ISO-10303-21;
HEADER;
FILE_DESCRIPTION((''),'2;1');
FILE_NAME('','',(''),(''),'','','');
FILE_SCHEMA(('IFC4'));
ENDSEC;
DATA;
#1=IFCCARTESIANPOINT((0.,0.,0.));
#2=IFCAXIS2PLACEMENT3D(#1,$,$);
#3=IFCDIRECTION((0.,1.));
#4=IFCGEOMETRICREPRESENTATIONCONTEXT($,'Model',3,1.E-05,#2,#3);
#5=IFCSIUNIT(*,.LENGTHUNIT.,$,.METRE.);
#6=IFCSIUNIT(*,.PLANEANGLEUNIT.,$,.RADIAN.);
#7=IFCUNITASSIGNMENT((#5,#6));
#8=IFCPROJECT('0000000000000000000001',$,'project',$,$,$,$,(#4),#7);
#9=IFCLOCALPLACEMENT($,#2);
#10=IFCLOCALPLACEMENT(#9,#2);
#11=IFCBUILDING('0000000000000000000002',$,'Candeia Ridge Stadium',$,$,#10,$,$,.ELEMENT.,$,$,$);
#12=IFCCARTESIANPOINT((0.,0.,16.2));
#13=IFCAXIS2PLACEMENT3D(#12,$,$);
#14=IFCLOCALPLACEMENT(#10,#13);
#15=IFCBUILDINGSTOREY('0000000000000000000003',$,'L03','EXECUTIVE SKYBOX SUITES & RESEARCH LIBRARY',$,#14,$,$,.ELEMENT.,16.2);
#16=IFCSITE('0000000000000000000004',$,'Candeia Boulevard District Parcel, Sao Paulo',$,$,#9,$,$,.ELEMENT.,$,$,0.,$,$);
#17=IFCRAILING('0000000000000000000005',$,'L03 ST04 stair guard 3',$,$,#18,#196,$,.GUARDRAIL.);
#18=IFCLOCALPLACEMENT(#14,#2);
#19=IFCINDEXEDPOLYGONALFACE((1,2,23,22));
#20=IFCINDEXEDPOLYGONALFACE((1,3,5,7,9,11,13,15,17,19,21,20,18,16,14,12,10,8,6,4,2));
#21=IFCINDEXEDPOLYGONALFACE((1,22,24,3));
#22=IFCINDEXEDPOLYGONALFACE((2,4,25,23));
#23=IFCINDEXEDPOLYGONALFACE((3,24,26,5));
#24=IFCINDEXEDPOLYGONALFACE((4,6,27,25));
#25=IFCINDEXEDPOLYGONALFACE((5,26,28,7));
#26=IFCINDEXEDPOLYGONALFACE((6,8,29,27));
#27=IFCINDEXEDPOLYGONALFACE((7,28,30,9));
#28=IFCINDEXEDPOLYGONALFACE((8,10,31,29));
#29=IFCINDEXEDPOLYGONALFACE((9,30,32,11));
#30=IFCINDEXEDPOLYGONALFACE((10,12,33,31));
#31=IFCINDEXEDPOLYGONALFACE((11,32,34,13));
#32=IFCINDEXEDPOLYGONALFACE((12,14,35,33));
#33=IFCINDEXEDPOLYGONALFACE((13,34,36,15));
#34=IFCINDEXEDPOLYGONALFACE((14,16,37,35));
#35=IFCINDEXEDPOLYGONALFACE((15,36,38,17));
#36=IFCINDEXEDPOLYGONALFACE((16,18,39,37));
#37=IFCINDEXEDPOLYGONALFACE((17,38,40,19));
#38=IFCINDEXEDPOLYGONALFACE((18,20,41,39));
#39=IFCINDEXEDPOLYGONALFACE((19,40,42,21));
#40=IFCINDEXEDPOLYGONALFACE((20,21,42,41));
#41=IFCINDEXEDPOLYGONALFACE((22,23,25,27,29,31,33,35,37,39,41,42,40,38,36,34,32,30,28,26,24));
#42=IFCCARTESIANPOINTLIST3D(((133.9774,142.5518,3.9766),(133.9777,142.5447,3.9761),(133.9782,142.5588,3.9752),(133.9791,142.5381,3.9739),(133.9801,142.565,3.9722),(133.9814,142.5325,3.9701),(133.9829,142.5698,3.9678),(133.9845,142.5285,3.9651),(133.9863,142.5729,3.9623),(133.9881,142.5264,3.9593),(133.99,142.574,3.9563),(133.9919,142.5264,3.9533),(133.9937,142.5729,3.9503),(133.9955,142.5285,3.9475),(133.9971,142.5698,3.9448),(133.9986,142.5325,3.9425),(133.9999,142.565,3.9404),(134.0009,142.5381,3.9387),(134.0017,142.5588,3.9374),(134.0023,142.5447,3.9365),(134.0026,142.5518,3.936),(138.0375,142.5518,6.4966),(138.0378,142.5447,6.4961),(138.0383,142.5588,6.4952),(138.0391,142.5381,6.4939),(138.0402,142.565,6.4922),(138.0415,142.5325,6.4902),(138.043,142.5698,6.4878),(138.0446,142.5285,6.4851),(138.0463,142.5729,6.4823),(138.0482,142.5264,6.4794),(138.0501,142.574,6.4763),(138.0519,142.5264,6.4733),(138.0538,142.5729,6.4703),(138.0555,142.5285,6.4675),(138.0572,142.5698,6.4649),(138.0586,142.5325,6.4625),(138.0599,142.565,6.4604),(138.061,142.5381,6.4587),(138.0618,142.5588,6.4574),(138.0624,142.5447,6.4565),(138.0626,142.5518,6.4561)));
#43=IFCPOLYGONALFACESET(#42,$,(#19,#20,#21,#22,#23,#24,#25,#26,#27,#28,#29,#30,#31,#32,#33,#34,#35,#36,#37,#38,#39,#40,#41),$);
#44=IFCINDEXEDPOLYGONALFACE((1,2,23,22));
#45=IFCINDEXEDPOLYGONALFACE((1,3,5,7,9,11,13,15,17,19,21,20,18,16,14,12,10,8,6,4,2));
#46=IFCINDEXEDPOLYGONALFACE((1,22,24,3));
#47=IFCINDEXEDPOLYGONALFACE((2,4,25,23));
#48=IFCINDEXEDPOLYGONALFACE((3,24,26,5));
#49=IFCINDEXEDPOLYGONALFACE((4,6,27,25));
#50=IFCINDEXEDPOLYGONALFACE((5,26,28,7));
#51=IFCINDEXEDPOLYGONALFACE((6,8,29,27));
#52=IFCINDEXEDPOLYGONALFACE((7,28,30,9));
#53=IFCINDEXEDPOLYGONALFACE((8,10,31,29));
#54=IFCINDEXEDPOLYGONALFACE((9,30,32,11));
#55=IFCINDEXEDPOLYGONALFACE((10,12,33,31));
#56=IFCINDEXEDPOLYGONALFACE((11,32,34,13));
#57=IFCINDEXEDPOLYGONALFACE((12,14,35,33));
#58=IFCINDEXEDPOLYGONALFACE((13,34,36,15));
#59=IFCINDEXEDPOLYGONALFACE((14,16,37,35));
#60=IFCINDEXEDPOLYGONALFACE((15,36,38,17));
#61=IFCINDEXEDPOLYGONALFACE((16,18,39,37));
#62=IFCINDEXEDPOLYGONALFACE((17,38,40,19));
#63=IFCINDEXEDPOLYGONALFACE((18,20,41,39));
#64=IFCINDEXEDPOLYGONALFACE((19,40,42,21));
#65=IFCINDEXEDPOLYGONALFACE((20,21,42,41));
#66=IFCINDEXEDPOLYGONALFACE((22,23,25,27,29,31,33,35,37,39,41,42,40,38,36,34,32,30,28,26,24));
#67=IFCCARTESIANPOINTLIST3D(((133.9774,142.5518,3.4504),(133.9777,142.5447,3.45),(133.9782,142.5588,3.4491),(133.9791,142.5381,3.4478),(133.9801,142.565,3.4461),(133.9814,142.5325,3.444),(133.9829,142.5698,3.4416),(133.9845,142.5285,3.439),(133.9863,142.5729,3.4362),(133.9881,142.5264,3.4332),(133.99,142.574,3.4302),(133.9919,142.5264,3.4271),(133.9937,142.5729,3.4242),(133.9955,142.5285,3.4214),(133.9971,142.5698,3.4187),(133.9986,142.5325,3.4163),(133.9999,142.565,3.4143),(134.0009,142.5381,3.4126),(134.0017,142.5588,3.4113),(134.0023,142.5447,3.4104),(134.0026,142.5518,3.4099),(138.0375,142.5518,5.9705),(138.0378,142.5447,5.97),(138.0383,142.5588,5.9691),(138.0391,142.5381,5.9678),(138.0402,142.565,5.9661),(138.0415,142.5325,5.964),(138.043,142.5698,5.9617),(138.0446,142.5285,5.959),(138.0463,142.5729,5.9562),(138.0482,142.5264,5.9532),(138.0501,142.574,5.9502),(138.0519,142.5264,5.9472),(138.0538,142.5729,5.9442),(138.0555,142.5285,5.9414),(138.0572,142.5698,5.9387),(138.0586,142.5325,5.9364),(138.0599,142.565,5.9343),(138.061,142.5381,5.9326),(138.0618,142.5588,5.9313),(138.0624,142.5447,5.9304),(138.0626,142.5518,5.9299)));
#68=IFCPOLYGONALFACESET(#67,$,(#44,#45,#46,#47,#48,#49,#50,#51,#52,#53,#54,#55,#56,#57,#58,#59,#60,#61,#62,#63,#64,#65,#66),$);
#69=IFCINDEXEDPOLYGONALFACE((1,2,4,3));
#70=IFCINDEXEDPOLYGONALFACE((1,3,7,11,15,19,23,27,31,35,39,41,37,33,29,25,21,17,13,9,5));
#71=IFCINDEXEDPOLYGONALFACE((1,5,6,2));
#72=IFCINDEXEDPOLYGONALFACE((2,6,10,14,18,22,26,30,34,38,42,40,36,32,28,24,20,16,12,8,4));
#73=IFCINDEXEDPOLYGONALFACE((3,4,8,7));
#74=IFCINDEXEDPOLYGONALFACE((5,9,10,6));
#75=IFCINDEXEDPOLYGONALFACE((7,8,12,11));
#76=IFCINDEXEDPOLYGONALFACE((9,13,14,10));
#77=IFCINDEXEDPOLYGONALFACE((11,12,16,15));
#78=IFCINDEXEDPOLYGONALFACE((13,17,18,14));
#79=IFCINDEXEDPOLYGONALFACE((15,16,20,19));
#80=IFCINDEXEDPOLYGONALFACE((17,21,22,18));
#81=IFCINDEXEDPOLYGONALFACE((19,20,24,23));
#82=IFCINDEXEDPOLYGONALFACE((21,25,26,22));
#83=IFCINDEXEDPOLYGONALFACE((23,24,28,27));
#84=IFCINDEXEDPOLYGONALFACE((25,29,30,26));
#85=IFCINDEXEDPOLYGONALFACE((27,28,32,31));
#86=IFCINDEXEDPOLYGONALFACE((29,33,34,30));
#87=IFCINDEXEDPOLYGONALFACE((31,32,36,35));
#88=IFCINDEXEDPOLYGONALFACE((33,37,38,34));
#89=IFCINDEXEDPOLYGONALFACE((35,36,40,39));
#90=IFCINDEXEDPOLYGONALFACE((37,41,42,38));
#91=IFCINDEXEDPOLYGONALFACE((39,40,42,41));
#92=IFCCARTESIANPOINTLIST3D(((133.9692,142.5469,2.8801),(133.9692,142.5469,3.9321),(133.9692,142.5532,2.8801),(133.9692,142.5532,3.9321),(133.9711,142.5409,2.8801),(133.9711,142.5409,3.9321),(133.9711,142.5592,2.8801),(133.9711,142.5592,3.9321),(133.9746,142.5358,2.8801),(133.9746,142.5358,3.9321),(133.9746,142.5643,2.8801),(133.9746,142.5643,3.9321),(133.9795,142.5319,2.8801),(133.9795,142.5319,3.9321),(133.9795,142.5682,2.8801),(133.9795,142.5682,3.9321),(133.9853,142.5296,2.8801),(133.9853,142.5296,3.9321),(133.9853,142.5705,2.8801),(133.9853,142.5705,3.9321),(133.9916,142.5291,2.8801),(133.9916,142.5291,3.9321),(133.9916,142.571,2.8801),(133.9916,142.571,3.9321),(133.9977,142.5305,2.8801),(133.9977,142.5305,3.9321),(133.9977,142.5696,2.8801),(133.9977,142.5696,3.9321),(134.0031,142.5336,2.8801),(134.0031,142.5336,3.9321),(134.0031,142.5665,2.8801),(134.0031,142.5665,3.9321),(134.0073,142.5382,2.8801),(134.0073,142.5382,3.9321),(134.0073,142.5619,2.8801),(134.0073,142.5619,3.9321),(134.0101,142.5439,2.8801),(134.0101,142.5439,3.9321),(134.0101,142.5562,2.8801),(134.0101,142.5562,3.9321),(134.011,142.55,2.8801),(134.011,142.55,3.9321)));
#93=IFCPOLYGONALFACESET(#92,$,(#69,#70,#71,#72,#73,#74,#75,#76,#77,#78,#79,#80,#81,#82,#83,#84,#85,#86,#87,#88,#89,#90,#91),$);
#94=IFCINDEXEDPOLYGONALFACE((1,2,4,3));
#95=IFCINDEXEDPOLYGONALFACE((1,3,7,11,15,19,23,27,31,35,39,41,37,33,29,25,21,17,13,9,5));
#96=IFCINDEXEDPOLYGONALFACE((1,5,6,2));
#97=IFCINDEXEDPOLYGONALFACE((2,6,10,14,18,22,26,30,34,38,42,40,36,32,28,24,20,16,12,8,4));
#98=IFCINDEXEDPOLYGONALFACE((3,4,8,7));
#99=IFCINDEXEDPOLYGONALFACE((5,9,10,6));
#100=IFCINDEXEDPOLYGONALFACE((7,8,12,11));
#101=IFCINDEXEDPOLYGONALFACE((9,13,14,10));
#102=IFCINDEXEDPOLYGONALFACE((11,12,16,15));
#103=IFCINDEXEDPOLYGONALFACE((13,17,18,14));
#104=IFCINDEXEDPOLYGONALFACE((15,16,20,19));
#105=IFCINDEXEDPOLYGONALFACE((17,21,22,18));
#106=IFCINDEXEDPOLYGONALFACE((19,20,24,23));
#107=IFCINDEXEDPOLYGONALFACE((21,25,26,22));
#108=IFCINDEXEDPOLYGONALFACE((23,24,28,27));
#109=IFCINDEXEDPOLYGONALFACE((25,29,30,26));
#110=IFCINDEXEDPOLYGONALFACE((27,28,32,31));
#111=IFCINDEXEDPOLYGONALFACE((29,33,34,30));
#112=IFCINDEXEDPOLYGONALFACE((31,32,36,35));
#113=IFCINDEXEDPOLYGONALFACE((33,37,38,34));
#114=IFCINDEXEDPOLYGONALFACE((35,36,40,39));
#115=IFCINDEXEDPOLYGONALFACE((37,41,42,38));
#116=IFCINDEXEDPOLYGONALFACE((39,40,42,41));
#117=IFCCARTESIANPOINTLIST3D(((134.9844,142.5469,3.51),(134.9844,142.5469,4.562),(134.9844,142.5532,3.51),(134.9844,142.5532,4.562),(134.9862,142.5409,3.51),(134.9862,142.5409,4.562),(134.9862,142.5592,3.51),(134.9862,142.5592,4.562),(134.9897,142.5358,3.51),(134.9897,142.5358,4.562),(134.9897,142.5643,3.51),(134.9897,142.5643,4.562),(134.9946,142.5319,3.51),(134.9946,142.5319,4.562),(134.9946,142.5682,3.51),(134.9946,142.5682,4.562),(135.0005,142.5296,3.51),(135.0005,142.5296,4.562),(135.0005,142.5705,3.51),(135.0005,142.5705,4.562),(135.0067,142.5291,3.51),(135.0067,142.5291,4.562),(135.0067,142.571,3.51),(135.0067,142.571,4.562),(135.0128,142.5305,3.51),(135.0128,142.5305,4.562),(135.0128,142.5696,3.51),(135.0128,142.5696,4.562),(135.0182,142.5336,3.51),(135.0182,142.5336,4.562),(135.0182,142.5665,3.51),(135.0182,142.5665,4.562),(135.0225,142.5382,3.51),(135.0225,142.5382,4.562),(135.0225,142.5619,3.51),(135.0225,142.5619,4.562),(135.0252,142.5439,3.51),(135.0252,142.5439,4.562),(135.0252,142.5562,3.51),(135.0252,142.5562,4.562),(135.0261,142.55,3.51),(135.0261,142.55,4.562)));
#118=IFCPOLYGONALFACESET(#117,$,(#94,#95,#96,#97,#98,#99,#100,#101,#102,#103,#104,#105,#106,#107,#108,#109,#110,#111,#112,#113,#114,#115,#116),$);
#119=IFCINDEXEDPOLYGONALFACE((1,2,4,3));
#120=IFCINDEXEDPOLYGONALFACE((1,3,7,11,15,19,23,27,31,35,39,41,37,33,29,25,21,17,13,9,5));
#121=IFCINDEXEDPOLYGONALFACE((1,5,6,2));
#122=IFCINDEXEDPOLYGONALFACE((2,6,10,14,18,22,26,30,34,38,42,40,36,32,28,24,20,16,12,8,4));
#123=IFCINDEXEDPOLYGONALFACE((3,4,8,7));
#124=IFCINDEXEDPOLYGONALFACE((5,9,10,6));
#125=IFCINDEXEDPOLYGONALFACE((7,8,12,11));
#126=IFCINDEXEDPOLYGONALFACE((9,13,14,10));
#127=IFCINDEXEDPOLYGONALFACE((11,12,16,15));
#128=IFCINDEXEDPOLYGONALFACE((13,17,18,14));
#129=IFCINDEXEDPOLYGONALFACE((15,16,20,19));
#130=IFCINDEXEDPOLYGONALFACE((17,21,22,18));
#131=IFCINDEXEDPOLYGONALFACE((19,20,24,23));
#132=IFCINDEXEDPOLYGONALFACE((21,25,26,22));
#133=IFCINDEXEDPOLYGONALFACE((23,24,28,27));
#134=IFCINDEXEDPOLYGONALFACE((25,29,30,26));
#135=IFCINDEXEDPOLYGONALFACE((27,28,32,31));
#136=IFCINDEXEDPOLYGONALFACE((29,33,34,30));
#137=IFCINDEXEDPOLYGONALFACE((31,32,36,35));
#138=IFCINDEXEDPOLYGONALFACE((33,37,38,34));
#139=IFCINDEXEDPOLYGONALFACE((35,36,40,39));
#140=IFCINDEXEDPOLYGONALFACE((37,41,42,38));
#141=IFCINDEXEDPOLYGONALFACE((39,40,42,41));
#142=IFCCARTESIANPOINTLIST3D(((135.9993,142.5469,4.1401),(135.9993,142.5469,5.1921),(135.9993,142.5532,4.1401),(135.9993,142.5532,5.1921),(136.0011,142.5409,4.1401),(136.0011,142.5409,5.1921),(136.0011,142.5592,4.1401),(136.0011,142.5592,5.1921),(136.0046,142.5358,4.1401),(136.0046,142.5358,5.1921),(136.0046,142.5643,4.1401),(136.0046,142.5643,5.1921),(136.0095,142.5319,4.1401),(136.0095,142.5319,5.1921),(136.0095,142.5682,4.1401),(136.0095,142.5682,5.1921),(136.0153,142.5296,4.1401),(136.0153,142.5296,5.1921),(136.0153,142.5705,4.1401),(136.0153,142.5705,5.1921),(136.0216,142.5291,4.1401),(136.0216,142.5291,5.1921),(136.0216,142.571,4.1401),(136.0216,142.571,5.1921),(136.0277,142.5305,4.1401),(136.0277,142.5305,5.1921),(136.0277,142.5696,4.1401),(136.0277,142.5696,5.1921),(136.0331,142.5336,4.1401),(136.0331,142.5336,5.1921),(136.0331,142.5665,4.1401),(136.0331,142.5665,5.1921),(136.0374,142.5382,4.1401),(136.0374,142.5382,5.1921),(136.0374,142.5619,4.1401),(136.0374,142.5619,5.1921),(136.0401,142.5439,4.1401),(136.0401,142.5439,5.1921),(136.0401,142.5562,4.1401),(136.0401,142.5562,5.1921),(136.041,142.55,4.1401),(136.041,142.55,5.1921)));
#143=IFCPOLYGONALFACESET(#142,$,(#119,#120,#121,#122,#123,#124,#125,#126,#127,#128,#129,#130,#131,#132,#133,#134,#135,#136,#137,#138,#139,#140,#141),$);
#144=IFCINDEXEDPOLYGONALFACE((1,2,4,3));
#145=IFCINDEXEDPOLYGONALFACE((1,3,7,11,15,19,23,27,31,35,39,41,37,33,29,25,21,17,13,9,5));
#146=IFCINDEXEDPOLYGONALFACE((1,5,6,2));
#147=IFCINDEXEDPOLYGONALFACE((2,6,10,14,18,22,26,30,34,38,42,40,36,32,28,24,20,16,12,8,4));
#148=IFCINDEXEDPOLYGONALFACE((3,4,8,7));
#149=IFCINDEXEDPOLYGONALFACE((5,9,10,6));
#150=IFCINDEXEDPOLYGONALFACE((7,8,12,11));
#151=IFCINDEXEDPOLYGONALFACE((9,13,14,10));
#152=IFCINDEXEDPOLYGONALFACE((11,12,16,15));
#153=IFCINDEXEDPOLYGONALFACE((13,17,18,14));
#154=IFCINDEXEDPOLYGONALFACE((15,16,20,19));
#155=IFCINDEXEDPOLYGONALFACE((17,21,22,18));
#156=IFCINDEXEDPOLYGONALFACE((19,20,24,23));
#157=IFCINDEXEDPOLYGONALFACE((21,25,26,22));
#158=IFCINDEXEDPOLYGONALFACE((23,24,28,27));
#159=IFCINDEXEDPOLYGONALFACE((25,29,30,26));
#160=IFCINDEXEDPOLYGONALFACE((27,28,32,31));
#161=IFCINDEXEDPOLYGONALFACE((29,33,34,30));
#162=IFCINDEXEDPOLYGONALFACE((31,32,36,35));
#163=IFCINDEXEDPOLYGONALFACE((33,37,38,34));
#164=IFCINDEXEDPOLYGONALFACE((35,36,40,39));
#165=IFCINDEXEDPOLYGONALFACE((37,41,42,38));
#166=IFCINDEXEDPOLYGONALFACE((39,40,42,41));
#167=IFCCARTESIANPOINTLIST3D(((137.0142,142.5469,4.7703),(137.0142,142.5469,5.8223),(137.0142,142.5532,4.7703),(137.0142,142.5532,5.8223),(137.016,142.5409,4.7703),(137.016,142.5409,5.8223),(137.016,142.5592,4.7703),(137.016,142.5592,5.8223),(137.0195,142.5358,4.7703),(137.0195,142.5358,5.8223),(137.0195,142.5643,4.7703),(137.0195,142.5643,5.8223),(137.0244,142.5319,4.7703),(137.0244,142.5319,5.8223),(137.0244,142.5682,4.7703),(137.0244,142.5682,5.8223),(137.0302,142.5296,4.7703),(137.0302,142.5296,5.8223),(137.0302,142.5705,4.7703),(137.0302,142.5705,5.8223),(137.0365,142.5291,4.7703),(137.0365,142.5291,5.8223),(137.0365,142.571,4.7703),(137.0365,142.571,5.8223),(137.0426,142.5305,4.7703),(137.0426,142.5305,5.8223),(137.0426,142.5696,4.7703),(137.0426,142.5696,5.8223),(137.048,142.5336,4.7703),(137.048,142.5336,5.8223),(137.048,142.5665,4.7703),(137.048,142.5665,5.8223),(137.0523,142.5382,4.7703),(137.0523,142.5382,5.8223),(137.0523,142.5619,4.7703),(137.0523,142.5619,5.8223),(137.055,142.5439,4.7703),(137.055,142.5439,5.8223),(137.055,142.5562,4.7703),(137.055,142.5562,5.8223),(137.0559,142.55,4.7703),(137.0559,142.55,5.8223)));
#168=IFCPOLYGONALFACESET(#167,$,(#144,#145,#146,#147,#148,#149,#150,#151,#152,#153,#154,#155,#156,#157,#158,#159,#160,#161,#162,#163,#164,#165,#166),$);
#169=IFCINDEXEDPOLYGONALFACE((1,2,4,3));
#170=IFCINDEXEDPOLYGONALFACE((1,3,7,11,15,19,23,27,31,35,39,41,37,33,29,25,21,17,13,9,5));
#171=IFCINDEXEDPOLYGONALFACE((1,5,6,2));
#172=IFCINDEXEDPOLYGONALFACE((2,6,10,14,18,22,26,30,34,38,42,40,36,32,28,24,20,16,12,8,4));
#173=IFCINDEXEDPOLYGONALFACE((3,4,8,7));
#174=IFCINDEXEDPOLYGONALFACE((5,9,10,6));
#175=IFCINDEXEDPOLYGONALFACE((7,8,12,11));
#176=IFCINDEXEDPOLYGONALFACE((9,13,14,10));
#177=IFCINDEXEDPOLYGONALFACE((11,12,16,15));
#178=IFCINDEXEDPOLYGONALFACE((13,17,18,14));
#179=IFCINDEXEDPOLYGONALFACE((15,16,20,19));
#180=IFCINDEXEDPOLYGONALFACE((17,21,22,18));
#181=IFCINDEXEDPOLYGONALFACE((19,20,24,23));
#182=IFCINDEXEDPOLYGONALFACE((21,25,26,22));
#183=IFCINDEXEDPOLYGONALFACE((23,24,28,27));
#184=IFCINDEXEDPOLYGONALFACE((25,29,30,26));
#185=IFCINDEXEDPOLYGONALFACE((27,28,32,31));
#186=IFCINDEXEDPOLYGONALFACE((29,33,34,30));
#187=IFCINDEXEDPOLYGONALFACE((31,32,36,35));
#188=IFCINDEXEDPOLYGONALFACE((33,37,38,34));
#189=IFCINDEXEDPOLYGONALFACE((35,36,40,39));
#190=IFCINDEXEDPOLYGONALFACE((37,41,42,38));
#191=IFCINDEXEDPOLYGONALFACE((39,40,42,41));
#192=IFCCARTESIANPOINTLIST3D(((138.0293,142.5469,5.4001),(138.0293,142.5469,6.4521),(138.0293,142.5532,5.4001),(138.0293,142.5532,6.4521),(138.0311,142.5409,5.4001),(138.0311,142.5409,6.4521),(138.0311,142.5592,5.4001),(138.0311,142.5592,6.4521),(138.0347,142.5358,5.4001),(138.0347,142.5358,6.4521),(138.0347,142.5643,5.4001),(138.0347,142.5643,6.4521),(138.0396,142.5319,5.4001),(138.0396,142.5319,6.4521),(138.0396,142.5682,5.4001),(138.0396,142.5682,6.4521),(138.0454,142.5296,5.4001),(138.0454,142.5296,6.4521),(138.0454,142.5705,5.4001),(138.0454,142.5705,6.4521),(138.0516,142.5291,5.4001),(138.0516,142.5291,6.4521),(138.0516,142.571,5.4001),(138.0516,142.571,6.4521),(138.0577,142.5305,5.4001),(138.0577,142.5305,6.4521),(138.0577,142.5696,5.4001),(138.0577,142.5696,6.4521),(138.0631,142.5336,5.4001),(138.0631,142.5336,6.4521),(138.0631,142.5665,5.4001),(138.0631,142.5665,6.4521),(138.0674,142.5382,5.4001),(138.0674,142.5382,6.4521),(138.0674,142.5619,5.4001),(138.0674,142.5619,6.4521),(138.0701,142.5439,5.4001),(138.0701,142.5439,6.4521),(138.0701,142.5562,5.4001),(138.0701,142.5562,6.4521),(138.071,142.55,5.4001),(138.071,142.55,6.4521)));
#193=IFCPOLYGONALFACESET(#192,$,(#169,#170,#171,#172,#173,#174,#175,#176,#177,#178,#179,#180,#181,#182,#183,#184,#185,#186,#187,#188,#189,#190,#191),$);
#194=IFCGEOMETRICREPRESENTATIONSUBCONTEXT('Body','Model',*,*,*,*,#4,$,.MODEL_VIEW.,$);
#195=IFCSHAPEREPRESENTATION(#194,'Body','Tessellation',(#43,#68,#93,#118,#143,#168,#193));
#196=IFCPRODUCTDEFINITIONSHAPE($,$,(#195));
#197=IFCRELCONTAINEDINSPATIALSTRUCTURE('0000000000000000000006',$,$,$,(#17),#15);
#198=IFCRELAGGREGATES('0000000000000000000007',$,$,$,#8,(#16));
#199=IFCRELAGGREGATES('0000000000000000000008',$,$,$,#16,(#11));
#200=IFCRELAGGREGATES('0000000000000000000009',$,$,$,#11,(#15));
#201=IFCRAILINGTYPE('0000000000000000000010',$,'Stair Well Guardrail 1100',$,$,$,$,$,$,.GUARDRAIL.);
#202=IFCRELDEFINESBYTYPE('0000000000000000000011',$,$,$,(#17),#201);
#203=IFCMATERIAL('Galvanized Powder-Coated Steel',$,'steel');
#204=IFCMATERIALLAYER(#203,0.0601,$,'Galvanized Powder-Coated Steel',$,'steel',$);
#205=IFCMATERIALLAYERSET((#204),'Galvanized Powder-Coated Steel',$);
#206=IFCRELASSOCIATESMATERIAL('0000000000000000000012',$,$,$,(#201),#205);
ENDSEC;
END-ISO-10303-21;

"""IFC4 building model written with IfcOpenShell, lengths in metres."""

from ifc_helpers import new_model, si_unit, direction, frame, origin, origin_2d, place, context, subcontext, project, spatial, circle, extrude, material, layer, layer_set, type_object, element, save


model = new_model("IFC4")

# Units and contexts
model_context = context("Model", 3, precision=1e-05, world=origin(), true_north=direction((0.0, 1.0)))
body_context = subcontext(model_context, "Body", "Model", "MODEL_VIEW")
ifc_project = project(units=[si_unit("LENGTHUNIT", "METRE"), si_unit("PLANEANGLEUNIT", "RADIAN")], contexts=[model_context])

# Site, building, storey
site_placement = place(None, origin())
site = spatial("IfcSite", under=ifc_project, at=site_placement, Name="Candeia Boulevard District Parcel, Sao Paulo", CompositionType="ELEMENT", RefElevation=0.0)
building_placement = place(site_placement, origin())
building = spatial("IfcBuilding", under=site, at=building_placement, Name="Candeia Ridge Stadium", CompositionType="ELEMENT")
storey_placement = place(building_placement, frame((0.0, 0.0, 16.2)))
storey = spatial("IfcBuildingStorey", under=building, at=storey_placement, Name="L03", Description="EXECUTIVE SKYBOX SUITES & RESEARCH LIBRARY", CompositionType="ELEMENT", Elevation=16.2)

# Railing
ifc_material_1 = material(Name="Galvanized Powder-Coated Steel", Category="steel")
ifc_layer_1 = layer(ifc_material_1, 0.0601, Name="Galvanized Powder-Coated Steel", Category="steel")
ifc_layer_set_1 = layer_set([ifc_layer_1], Name="Galvanized Powder-Coated Steel")
railing_type_1 = type_object("IfcRailingType", Name="Stair Well Guardrail 1100", PredefinedType="GUARDRAIL", material=ifc_layer_set_1)
railing_1_placement = place(storey_placement, frame((133.99, 142.55, 2.8801)))
element("IfcRailing", 1, at=railing_1_placement, inside=storey, type_object=railing_type_1, Name="L03 ST04 stair guard 3", PredefinedType="GUARDRAIL", context=body_context, shape_type="SweptSolid", body=[
    extrude(circle(Radius=0.0239, at=origin_2d()), frame((0.0, 0.0, 1.0762), z_axis=(0.849642, 0.0, 0.52736), x_axis=(0.0, 1.0, 0.0)), (0.0, 0.0, 1.0), 4.7786),
    extrude(circle(Radius=0.0239, at=origin_2d()), frame((0.0, 0.0, 0.55), z_axis=(0.849642, 0.0, 0.52736), x_axis=(0.0, 1.0, 0.0)), (0.0, 0.0, 1.0), 4.7786),
    extrude(circle(Radius=0.021, at=origin_2d()), origin(), (0.0, 0.0, 1.0), 1.052),
    extrude(circle(Radius=0.021, at=origin_2d()), frame((1.0151, 0.0, 0.6299)), (0.0, 0.0, 1.0), 1.052),
    extrude(circle(Radius=0.021, at=origin_2d()), frame((2.03, 0.0, 1.26)), (0.0, 0.0, 1.0), 1.052),
    extrude(circle(Radius=0.021, at=origin_2d()), frame((3.0449, 0.0, 1.8901)), (0.0, 0.0, 1.0), 1.052),
    extrude(circle(Radius=0.021, at=origin_2d()), frame((4.0601, 0.0, 2.52)), (0.0, 0.0, 1.0), 1.052),
])

save(model, "model.ifc")
